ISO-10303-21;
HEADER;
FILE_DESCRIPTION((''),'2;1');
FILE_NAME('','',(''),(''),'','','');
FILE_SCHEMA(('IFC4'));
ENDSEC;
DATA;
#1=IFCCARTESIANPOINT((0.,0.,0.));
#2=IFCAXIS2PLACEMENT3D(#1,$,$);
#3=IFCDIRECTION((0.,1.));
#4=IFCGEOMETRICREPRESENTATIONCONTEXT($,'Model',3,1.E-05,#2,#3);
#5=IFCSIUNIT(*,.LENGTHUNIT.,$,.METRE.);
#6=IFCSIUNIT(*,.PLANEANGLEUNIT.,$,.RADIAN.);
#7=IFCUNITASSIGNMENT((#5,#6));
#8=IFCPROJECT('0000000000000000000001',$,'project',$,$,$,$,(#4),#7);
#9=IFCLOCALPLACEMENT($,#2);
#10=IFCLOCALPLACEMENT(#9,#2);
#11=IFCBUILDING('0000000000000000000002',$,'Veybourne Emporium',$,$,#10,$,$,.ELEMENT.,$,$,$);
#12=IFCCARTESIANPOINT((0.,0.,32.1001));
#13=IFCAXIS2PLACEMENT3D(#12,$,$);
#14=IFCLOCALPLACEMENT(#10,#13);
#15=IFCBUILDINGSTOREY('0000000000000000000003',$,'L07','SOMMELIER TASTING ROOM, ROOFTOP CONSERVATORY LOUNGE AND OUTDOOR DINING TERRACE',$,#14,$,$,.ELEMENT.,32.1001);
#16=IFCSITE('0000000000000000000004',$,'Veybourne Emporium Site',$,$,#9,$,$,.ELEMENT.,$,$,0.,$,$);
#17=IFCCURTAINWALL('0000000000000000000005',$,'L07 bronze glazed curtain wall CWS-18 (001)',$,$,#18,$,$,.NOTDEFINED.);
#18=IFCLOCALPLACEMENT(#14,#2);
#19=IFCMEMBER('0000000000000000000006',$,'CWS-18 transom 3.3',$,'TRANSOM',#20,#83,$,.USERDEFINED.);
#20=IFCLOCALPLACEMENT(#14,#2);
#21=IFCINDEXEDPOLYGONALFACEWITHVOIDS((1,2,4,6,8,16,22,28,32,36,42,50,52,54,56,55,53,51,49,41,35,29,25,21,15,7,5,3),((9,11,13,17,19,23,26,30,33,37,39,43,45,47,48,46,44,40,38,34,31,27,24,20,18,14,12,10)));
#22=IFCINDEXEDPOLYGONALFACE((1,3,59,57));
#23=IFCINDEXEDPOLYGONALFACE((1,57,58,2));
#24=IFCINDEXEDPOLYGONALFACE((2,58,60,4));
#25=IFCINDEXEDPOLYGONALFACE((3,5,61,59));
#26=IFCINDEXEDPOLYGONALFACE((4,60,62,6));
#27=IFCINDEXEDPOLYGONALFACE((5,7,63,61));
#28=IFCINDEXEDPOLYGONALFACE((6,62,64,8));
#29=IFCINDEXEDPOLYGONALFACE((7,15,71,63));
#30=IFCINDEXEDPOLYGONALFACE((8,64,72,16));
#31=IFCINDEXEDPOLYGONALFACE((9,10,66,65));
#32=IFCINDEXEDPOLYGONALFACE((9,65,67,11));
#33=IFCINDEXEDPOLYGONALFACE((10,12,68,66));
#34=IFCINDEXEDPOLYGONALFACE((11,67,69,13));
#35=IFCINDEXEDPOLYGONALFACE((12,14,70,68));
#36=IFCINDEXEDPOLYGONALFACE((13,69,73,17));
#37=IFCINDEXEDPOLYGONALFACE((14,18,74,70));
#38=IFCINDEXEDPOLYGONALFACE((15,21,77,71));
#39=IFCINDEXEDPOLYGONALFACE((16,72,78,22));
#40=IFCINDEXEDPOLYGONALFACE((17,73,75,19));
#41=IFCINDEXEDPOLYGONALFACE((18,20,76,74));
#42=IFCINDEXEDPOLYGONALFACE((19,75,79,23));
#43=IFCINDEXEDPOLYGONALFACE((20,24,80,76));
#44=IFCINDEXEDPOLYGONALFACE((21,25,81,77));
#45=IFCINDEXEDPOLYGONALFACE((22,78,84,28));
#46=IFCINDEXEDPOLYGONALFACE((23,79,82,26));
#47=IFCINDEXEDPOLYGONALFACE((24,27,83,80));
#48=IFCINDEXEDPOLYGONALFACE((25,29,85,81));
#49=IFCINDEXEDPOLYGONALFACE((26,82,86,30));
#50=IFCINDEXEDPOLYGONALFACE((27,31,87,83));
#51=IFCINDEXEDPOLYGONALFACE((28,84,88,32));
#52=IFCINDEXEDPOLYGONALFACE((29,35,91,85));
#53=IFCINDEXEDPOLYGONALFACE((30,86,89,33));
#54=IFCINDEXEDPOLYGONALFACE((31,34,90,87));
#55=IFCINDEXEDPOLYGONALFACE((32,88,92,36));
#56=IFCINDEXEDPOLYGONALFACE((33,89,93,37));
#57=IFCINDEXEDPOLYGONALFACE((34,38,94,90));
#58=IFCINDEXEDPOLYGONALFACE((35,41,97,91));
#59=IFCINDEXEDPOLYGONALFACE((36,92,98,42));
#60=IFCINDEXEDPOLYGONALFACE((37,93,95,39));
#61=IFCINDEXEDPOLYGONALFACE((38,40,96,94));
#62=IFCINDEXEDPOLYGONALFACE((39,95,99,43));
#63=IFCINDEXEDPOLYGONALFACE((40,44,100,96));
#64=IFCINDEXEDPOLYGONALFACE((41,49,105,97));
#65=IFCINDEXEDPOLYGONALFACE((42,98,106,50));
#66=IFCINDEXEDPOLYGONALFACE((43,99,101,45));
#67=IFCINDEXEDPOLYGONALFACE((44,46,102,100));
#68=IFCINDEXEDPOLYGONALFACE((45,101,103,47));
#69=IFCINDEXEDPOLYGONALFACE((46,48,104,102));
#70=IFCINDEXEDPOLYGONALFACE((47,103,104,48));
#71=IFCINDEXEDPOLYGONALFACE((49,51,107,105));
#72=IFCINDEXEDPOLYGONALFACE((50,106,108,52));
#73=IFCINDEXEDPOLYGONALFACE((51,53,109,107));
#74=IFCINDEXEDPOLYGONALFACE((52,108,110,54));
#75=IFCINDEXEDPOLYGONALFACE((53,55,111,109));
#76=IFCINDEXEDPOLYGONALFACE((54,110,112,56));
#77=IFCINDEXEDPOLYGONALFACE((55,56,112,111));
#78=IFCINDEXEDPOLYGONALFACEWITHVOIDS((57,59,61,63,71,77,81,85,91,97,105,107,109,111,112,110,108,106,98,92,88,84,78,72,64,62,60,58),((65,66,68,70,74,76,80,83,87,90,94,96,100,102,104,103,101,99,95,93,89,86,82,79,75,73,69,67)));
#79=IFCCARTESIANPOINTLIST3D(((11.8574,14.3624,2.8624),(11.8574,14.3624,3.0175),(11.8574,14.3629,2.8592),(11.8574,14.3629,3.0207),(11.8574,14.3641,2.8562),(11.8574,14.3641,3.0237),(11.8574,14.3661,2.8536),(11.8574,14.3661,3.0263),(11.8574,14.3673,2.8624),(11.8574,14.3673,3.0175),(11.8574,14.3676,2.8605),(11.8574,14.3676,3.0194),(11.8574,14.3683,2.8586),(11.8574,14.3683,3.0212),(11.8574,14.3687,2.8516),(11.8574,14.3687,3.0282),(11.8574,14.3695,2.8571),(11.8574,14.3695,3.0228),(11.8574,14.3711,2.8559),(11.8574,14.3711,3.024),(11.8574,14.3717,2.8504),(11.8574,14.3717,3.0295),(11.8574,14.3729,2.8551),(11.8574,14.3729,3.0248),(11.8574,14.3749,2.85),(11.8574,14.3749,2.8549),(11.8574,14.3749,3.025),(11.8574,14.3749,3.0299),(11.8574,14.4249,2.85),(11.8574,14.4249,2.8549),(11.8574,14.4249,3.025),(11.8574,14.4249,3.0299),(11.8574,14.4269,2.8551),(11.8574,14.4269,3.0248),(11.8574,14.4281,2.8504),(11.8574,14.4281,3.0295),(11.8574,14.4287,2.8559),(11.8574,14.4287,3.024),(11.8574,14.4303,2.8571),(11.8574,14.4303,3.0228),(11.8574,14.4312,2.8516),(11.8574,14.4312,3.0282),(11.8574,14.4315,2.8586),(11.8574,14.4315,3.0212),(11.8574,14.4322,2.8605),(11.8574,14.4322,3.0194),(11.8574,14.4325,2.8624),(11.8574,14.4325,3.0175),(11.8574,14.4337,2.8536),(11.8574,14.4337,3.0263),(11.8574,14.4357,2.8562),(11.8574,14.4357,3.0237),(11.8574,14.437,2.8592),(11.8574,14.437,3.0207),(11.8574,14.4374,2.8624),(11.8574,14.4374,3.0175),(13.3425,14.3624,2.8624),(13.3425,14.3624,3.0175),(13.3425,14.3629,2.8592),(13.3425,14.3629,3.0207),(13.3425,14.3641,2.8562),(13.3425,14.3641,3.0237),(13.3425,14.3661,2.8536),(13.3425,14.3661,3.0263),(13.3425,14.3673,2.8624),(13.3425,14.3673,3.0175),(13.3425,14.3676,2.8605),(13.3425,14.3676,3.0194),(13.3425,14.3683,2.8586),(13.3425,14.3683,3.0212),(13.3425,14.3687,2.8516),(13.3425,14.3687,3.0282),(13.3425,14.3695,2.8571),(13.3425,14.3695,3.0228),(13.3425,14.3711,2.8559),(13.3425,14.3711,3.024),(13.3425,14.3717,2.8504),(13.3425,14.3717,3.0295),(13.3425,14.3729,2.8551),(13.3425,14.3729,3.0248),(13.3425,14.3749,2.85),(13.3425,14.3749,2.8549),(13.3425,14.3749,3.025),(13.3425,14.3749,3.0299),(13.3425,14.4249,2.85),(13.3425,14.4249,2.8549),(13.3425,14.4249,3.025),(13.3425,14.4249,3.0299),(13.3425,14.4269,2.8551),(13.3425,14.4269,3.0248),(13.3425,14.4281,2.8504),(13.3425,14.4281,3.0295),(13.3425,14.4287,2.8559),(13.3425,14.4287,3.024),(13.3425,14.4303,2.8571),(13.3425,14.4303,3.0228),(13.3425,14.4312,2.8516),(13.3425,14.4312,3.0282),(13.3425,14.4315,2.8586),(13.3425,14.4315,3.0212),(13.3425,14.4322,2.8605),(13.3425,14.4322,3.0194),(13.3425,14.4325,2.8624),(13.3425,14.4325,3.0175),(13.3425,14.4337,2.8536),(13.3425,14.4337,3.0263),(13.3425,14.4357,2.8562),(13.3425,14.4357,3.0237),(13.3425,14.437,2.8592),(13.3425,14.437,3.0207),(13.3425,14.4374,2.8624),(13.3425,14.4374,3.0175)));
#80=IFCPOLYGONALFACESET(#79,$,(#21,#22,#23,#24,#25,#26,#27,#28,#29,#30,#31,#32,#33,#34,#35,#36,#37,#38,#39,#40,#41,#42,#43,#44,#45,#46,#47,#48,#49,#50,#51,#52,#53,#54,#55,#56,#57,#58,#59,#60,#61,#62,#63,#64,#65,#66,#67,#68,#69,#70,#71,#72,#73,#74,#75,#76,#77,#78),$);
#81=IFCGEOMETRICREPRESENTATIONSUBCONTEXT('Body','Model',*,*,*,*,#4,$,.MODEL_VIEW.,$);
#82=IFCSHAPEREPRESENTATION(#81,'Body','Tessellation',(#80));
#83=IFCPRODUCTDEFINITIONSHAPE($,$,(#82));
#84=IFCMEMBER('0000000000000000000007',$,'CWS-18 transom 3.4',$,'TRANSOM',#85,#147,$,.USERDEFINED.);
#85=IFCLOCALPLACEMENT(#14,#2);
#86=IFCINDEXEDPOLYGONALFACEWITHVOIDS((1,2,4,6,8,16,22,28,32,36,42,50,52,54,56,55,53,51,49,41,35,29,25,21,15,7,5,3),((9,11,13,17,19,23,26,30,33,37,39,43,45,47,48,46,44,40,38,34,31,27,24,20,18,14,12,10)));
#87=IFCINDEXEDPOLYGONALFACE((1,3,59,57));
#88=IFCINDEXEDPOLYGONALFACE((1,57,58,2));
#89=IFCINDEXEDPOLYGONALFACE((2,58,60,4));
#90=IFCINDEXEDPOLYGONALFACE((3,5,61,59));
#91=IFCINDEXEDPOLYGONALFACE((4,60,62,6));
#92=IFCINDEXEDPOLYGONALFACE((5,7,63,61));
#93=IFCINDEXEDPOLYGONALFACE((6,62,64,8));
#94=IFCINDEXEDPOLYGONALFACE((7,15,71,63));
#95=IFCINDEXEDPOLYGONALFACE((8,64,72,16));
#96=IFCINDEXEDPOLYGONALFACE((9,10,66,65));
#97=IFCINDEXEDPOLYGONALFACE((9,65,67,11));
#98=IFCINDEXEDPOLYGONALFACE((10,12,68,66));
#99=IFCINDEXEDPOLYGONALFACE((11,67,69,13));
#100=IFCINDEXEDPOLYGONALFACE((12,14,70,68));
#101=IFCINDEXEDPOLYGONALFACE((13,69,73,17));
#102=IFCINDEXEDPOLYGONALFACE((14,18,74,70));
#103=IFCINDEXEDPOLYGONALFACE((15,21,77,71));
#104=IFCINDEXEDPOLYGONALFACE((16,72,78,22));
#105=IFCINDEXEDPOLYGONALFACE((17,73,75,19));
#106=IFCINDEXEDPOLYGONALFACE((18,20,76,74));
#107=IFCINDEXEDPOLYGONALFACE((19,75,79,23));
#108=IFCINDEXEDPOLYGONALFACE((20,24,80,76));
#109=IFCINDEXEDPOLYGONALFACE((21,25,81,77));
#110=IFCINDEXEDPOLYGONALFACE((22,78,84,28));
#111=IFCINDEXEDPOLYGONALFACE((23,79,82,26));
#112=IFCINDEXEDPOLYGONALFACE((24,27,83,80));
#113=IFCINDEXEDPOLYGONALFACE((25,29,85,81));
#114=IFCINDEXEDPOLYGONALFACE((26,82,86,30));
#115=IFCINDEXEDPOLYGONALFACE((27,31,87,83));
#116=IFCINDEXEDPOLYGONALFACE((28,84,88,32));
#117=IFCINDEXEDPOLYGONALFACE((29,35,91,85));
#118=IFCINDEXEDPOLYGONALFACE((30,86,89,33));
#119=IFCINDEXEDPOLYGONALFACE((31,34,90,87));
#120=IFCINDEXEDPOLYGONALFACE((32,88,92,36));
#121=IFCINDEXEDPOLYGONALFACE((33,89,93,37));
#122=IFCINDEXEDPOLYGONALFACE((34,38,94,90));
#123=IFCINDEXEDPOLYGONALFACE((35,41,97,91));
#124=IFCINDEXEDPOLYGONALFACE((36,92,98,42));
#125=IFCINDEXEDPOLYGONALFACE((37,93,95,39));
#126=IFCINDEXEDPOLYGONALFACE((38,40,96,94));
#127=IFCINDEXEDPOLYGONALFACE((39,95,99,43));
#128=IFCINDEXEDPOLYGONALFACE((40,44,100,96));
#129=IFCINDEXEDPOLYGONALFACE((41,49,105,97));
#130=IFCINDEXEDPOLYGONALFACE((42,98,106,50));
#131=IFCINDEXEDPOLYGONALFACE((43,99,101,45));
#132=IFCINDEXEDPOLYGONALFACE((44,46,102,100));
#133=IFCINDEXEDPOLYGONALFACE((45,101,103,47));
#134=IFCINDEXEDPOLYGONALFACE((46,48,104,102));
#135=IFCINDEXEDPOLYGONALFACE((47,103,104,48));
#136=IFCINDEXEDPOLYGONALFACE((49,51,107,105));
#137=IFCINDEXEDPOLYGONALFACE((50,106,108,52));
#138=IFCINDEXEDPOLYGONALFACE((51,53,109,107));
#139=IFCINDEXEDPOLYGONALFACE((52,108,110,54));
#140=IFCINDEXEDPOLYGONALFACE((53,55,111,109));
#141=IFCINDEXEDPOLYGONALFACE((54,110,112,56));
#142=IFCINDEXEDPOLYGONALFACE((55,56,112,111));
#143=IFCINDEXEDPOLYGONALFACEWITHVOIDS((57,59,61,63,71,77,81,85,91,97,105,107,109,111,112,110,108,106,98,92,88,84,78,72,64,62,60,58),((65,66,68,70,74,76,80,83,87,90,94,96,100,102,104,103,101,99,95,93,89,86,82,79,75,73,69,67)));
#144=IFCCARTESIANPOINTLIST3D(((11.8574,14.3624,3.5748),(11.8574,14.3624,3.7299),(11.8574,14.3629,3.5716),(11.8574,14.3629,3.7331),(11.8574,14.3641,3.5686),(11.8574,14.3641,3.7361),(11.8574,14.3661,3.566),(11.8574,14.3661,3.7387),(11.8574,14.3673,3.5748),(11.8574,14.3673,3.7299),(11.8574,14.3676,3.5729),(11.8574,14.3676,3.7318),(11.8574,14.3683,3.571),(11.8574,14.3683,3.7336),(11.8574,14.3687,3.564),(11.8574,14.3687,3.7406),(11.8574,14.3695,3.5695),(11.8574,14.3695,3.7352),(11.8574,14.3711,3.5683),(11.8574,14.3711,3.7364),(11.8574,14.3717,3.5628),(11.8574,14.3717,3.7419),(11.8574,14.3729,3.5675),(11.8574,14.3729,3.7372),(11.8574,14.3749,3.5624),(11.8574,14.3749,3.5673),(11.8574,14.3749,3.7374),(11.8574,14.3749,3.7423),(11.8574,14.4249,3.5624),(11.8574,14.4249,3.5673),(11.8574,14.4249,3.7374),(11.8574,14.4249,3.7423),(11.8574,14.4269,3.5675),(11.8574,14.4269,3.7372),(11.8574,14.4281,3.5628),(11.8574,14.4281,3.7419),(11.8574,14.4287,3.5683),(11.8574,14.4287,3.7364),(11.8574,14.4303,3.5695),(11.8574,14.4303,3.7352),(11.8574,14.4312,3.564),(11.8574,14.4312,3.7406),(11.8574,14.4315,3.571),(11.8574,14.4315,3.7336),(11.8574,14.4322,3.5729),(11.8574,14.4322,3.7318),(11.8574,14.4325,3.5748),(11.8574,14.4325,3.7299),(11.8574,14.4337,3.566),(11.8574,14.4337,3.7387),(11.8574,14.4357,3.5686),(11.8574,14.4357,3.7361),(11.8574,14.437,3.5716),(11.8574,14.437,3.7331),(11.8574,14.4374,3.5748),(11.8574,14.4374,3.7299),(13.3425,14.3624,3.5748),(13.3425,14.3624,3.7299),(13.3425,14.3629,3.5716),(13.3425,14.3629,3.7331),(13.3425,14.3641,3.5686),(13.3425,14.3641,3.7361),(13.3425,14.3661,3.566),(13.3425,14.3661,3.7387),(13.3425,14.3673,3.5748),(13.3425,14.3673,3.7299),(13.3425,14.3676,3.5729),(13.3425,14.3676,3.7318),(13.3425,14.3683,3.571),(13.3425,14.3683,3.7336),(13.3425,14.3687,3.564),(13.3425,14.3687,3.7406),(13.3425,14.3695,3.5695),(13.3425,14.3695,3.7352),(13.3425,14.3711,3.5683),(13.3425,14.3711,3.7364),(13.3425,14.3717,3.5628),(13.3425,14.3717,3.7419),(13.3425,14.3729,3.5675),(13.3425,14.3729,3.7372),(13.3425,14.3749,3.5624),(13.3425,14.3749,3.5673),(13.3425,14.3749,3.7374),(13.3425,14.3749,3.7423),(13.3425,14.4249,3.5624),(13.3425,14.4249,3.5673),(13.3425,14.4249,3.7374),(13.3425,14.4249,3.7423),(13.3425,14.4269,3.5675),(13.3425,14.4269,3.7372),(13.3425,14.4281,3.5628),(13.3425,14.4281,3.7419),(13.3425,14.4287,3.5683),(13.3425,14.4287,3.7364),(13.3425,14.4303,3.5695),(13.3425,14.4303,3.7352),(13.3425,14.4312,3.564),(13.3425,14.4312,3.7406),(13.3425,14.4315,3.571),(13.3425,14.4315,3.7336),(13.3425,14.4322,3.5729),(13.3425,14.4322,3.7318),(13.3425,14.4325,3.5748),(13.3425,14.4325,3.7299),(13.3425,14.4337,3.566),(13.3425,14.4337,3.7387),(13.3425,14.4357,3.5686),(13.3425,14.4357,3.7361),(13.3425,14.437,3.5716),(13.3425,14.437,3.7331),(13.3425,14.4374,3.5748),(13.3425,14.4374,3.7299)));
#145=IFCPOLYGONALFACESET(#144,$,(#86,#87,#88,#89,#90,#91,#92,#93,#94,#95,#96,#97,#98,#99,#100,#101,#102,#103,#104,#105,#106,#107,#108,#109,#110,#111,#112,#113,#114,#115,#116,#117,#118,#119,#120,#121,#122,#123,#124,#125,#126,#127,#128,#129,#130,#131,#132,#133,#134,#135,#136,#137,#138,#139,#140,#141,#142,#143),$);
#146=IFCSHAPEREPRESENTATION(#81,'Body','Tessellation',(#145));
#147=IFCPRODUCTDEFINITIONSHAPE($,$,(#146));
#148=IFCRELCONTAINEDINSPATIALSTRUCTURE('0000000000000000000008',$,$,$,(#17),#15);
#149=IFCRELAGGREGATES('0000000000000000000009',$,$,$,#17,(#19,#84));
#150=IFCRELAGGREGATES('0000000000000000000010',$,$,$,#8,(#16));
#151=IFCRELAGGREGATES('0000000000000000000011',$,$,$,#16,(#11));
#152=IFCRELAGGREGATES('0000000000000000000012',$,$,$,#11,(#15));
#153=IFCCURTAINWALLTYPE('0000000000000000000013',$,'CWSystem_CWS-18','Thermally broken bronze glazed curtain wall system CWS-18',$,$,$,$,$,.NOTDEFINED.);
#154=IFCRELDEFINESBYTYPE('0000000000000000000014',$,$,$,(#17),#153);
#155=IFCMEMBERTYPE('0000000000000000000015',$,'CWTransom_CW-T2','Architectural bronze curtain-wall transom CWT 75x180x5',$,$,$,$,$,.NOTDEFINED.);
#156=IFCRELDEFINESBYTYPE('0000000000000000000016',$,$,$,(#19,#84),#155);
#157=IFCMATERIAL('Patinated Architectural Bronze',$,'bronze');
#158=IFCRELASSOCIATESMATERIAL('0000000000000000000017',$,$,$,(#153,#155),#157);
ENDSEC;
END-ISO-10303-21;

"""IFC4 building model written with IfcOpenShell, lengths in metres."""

from ifc_helpers import new_model, si_unit, direction, frame, origin, origin_2d, place, context, subcontext, project, spatial, hollow_rectangle, extrude, material, material_profile, profile_set, type_object, element, aggregate, save


model = new_model("IFC4")

# Units and contexts
model_context = context("Model", 3, precision=1e-05, world=origin(), true_north=direction((0.0, 1.0)))
body_context = subcontext(model_context, "Body", "Model", "MODEL_VIEW")
ifc_project = project(units=[si_unit("LENGTHUNIT", "METRE"), si_unit("PLANEANGLEUNIT", "RADIAN")], contexts=[model_context])

# Site, building, storey
site_placement = place(None, origin())
site = spatial("IfcSite", under=ifc_project, at=site_placement, Name="Veybourne Emporium Site", CompositionType="ELEMENT", RefElevation=0.0)
building_placement = place(site_placement, origin())
building = spatial("IfcBuilding", under=site, at=building_placement, Name="Veybourne Emporium", CompositionType="ELEMENT")
storey_placement = place(building_placement, frame((0.0, 0.0, 32.1001)))
storey = spatial("IfcBuildingStorey", under=building, at=storey_placement, Name="L07", Description="SOMMELIER TASTING ROOM, ROOFTOP CONSERVATORY LOUNGE AND OUTDOOR DINING TERRACE", CompositionType="ELEMENT", Elevation=32.1001)

# Curtain wall
ifc_material_1 = material(Name="Patinated Architectural Bronze", Category="bronze")
curtain_wall_type_1 = type_object("IfcCurtainWallType", Name="CWSystem_CWS-18", Description="Thermally broken bronze glazed curtain wall system CWS-18", PredefinedType="NOTDEFINED", material=ifc_material_1)
curtain_wall_1_placement = place(storey_placement, origin())
curtain_wall_1 = element("IfcCurtainWall", 1, at=curtain_wall_1_placement, inside=storey, type_object=curtain_wall_type_1, Name="L07 bronze glazed curtain wall CWS-18 (001)", PredefinedType="NOTDEFINED")

# Members
ifc_material_profile_1 = material_profile(ifc_material_1, hollow_rectangle(XDim=0.075, YDim=0.1799, WallThickness=0.0049, InnerFilletRadius=0.0076, OuterFilletRadius=0.0125, at=origin_2d()), Name="CWT 75x180x5")
ifc_profile_set_1 = profile_set([ifc_material_profile_1], Name="Patinated Architectural Bronze")
member_type_1 = type_object("IfcMemberType", Name="CWTransom_CW-T2", Description="Architectural bronze curtain-wall transom CWT 75x180x5", PredefinedType="NOTDEFINED", material=ifc_profile_set_1)
member_1_placement = place(storey_placement, frame((13.3425, 14.3999, 2.9399), z_axis=(-1.0, 0.0, 0.0), x_axis=(0.0, -1.0, 0.0)))
member_1 = element("IfcMember", 2, at=member_1_placement, type_object=member_type_1, Name="CWS-18 transom 3.3", ObjectType="TRANSOM", PredefinedType="USERDEFINED", context=body_context, shape_type="SweptSolid", body=[
    extrude(hollow_rectangle(XDim=0.075, YDim=0.1799, WallThickness=0.0049, InnerFilletRadius=0.0076, OuterFilletRadius=0.0125, at=origin_2d()), origin(), (0.0, 0.0, 1.0), 1.4851),
])
member_2_placement = place(storey_placement, frame((13.3425, 14.3999, 3.6523), z_axis=(-1.0, 0.0, 0.0), x_axis=(0.0, -1.0, 0.0)))
member_2 = element("IfcMember", 3, at=member_2_placement, type_object=member_type_1, Name="CWS-18 transom 3.4", ObjectType="TRANSOM", PredefinedType="USERDEFINED", context=body_context, shape_type="SweptSolid", body=[
    extrude(hollow_rectangle(XDim=0.075, YDim=0.1799, WallThickness=0.0049, InnerFilletRadius=0.0076, OuterFilletRadius=0.0125, at=origin_2d()), origin(), (0.0, 0.0, 1.0), 1.4851),
])

aggregate(curtain_wall_1, [member_1, member_2])

save(model, "model.ifc")
